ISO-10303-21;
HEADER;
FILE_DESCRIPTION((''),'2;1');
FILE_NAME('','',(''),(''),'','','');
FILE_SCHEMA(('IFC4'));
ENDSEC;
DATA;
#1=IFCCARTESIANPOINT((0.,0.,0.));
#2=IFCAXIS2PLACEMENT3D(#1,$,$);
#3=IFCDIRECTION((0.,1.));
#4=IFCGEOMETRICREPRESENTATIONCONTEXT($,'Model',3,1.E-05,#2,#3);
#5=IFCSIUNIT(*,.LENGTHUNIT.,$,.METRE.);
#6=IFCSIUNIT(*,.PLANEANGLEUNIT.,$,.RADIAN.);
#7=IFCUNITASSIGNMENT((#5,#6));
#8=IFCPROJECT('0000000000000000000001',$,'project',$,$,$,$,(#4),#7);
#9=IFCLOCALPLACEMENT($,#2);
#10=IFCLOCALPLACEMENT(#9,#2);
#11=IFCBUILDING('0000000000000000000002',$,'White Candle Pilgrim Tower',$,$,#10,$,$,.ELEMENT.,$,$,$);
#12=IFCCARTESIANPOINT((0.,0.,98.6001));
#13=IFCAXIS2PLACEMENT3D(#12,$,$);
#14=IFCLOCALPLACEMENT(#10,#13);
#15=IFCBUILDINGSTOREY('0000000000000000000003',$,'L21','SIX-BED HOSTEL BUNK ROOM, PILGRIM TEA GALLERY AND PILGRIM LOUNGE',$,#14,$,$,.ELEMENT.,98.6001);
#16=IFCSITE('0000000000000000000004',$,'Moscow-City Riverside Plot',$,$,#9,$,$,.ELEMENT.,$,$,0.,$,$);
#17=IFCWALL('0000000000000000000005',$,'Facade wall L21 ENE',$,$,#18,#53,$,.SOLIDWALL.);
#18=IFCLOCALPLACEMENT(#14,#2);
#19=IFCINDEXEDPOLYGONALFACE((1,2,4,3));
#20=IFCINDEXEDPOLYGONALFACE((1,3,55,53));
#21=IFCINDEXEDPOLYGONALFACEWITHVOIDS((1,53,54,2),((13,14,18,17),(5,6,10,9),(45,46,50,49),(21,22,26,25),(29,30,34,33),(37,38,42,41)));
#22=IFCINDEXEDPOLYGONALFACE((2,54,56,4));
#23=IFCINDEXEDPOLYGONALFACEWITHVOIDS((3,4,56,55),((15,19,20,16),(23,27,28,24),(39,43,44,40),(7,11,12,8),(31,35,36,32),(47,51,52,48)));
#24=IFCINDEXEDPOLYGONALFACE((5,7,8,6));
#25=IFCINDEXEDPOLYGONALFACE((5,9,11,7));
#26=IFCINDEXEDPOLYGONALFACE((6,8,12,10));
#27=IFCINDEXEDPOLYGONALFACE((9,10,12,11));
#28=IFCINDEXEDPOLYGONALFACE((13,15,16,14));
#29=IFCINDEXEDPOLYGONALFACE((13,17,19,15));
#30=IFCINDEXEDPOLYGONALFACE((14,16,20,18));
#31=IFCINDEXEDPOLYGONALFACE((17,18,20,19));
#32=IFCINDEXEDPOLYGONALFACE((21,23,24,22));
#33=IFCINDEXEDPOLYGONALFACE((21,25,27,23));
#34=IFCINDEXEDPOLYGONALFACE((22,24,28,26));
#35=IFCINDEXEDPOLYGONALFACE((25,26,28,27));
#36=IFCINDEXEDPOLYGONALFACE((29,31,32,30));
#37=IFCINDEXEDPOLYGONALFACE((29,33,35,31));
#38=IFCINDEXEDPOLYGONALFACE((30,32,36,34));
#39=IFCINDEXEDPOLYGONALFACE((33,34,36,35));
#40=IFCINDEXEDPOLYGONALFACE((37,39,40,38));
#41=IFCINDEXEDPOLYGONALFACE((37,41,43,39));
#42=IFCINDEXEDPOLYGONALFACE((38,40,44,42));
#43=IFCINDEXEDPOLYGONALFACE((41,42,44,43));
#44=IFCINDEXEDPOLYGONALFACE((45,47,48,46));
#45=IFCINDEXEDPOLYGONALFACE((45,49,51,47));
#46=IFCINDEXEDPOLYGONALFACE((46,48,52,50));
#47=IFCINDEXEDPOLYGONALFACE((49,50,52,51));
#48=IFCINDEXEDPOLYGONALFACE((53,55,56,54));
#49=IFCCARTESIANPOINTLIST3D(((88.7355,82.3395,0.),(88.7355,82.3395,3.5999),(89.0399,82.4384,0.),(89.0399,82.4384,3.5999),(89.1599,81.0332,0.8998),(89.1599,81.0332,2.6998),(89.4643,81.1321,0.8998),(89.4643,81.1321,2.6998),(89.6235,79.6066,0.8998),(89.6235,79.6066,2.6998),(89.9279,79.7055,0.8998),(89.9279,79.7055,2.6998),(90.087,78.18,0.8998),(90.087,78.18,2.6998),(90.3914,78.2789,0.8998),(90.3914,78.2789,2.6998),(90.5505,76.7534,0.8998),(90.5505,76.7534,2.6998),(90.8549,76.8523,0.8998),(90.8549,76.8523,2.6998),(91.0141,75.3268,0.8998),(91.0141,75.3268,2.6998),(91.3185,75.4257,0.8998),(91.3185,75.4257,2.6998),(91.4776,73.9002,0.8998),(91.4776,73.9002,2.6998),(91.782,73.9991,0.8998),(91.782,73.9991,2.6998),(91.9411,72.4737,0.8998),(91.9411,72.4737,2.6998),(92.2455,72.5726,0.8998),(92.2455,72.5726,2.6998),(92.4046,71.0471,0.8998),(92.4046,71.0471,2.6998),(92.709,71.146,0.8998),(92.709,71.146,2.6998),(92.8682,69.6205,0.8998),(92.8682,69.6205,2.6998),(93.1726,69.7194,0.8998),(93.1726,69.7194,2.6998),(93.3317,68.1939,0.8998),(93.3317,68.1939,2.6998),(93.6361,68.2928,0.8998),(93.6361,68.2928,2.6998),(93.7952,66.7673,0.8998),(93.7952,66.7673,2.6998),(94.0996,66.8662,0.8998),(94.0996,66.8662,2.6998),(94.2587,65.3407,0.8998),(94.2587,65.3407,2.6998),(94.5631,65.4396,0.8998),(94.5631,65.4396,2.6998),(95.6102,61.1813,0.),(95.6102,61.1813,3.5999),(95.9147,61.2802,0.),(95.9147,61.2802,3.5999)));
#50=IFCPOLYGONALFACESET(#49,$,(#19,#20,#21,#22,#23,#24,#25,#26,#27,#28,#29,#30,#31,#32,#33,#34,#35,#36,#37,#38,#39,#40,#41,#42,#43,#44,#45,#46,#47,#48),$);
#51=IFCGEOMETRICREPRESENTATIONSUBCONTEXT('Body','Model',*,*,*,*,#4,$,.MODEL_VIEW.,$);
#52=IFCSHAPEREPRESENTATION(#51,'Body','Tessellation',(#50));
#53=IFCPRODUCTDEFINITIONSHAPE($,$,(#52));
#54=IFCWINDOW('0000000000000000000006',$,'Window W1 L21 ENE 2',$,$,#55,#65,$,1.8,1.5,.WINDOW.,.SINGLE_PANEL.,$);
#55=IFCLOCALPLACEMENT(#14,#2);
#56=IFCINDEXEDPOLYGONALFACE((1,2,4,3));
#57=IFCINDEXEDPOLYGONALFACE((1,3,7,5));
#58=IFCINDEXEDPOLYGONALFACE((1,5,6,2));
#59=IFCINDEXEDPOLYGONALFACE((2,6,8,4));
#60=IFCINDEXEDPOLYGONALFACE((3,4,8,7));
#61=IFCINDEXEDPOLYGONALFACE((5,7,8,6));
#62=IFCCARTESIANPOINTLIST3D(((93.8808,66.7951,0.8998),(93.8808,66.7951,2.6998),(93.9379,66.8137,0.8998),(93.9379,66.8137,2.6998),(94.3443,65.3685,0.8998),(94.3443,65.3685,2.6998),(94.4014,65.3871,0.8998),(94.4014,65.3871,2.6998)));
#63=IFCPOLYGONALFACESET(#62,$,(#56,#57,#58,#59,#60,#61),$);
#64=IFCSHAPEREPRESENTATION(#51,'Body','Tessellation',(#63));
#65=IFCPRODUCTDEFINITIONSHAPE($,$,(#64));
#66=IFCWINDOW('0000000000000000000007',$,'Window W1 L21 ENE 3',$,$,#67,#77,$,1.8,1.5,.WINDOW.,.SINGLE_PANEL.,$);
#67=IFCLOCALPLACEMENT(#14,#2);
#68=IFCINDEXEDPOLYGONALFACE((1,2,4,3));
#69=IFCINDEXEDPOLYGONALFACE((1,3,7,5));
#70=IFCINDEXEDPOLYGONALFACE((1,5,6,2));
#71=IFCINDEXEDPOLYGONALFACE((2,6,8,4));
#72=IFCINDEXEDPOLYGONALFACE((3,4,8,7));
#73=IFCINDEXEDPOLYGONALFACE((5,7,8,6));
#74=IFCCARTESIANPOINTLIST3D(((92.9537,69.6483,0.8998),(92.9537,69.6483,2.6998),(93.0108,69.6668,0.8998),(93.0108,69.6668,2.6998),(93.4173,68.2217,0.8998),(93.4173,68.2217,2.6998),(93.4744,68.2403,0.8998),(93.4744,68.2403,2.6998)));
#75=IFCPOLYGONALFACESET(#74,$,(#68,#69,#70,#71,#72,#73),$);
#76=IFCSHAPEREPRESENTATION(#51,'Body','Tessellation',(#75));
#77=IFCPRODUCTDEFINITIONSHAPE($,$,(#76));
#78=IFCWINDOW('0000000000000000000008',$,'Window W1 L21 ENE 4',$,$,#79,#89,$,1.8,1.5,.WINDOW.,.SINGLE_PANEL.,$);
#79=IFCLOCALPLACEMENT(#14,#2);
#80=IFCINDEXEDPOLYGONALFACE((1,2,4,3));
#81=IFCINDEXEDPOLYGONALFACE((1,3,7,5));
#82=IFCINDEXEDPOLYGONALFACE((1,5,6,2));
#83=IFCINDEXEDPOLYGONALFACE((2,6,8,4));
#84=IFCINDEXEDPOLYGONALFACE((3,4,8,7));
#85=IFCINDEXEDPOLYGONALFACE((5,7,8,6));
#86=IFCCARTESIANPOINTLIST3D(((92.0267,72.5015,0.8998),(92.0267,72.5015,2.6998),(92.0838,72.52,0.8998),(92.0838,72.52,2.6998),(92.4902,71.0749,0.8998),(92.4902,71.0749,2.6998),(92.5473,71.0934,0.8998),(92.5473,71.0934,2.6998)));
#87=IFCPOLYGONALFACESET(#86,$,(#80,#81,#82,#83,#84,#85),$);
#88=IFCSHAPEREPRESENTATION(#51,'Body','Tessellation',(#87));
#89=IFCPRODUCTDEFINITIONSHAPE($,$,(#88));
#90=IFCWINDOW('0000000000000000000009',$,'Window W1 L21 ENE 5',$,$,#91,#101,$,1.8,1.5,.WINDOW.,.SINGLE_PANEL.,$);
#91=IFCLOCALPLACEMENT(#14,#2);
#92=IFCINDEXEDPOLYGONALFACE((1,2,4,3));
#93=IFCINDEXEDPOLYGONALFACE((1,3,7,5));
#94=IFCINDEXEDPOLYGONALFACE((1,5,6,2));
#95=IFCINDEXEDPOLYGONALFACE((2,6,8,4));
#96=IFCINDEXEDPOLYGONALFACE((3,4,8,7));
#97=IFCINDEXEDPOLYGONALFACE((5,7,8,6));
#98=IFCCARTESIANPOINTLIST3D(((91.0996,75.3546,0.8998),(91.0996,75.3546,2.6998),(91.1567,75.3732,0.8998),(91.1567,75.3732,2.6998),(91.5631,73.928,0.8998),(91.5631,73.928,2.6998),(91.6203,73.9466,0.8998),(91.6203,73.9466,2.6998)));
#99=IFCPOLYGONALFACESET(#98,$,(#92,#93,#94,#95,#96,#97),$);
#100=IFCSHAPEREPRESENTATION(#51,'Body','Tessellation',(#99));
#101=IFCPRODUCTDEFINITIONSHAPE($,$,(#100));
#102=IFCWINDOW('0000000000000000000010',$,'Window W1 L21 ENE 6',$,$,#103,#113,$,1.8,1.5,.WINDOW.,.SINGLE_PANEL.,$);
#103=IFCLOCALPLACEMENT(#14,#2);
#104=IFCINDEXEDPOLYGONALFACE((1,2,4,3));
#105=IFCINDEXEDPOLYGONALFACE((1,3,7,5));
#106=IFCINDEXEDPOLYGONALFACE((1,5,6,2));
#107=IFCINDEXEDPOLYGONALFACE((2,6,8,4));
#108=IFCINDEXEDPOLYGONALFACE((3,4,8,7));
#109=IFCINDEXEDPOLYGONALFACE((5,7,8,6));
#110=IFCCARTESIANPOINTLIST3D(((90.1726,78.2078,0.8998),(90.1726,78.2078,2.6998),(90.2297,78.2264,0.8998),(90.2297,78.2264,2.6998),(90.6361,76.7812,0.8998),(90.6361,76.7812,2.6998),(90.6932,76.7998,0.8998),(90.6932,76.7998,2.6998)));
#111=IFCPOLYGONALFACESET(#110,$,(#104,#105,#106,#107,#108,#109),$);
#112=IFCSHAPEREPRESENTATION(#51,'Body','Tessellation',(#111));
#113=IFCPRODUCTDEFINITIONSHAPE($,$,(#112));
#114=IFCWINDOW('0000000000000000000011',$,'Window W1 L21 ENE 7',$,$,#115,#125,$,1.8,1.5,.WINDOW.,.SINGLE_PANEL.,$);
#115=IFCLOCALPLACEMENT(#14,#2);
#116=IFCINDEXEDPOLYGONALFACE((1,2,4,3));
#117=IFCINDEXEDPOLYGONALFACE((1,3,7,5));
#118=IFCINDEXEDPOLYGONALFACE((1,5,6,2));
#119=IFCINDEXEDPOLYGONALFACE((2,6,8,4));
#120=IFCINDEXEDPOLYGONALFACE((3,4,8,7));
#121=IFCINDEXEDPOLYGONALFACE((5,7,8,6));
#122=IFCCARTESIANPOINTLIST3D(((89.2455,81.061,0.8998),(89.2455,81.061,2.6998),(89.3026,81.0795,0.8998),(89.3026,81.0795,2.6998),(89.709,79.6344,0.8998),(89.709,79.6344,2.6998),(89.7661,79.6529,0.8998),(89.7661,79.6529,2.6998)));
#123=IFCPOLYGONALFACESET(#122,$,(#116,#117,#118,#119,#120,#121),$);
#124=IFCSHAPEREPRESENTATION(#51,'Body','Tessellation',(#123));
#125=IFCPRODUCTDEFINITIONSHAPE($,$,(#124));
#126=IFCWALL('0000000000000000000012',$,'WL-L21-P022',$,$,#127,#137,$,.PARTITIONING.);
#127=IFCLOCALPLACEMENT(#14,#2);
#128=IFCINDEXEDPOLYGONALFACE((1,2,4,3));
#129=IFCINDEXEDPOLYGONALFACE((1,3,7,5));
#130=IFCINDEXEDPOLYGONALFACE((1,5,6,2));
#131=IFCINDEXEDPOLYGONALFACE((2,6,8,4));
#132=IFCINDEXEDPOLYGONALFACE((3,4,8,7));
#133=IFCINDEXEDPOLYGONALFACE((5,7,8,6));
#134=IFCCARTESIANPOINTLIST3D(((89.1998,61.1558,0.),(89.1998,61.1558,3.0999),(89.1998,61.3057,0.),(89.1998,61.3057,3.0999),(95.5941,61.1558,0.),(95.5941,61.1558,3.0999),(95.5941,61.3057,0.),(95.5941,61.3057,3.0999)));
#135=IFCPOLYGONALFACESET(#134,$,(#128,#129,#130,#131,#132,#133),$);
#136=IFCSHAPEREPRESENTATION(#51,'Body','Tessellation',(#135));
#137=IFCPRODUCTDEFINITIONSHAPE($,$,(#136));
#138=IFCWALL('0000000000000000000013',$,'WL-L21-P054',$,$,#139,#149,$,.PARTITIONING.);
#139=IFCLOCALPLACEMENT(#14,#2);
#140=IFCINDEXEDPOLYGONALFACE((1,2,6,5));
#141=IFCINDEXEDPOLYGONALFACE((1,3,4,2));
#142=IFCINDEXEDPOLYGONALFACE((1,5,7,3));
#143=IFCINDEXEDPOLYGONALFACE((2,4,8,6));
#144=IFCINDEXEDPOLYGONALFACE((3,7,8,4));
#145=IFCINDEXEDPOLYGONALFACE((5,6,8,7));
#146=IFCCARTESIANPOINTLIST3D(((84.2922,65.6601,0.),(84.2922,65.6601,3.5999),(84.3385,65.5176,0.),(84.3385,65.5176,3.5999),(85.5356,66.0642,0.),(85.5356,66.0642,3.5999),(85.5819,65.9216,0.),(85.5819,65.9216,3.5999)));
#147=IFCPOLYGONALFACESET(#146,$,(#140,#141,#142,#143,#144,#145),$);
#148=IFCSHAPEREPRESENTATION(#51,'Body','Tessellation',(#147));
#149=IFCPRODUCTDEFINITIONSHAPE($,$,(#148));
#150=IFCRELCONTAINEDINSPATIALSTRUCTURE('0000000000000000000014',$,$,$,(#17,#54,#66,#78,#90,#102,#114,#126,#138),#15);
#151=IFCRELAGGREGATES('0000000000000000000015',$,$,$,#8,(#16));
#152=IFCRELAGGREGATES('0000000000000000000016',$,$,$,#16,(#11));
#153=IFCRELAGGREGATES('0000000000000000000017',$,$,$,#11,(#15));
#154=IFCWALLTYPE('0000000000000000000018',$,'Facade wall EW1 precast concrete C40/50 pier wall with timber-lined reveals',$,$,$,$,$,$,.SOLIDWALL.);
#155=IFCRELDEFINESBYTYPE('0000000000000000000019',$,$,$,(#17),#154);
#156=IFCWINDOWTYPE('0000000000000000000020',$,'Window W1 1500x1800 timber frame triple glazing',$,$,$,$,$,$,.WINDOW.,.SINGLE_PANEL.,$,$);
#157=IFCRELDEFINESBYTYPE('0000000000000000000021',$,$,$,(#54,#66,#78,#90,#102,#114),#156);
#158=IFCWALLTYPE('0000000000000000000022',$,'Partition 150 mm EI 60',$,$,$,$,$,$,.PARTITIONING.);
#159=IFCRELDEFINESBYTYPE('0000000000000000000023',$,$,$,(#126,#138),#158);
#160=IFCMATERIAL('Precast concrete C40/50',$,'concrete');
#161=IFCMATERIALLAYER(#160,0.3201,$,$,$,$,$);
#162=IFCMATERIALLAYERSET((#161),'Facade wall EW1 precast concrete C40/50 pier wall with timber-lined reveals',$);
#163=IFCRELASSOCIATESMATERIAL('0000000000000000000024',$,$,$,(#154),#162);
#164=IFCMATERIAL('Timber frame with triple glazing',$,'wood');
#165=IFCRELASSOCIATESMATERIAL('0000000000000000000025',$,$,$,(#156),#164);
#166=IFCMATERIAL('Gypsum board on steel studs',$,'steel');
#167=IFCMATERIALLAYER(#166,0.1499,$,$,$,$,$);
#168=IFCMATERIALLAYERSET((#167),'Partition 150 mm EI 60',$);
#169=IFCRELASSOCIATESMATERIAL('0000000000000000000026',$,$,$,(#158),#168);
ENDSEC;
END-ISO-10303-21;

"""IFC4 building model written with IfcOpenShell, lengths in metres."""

from ifc_helpers import new_model, si_unit, direction, frame, frame_2d, origin, place, context, subcontext, project, spatial, rectangle, extrude, material, layer, layer_set, type_object, element, fill, save


model = new_model("IFC4")

# Units and contexts
model_context = context("Model", 3, precision=1e-05, world=origin(), true_north=direction((0.0, 1.0)))
body_context = subcontext(model_context, "Body", "Model", "MODEL_VIEW")
ifc_project = project(units=[si_unit("LENGTHUNIT", "METRE"), si_unit("PLANEANGLEUNIT", "RADIAN")], contexts=[model_context])

# Site, building, storey
site_placement = place(None, origin())
site = spatial("IfcSite", under=ifc_project, at=site_placement, Name="Moscow-City Riverside Plot", CompositionType="ELEMENT", RefElevation=0.0)
building_placement = place(site_placement, origin())
building = spatial("IfcBuilding", under=site, at=building_placement, Name="White Candle Pilgrim Tower", CompositionType="ELEMENT")
storey_placement = place(building_placement, frame((0.0, 0.0, 98.6001)))
storey = spatial("IfcBuildingStorey", under=building, at=storey_placement, Name="L21", Description="SIX-BED HOSTEL BUNK ROOM, PILGRIM TEA GALLERY AND PILGRIM LOUNGE", CompositionType="ELEMENT", Elevation=98.6001)

# Shared definitions
ifc_material_1 = material(Name="Gypsum board on steel studs", Category="steel")

# Wall, openings, windows
ifc_material_2 = material(Name="Precast concrete C40/50", Category="concrete")
ifc_layer_1 = layer(ifc_material_2, 0.3201)
ifc_layer_set_1 = layer_set([ifc_layer_1], Name="Facade wall EW1 precast concrete C40/50 pier wall with timber-lined reveals")
wall_type_1 = type_object("IfcWallType", Name="Facade wall EW1 precast concrete C40/50 pier wall with timber-lined reveals", PredefinedType="SOLIDWALL", material=ifc_layer_set_1)
wall_1_placement = place(storey_placement, frame((95.7625, 61.2307, 0.0), z_axis=(0.0, 0.0, 1.0), x_axis=(-0.309019, 0.951056, 0.0)))
wall_1 = element("IfcWall", 1, at=wall_1_placement, inside=storey, type_object=wall_type_1, Name="Facade wall L21 ENE", PredefinedType="SOLIDWALL", context=body_context, shape_type="SweptSolid", body=[
    extrude(rectangle(XDim=22.2471, YDim=0.3201, at=frame_2d((11.1235, 0.0))), origin(), (0.0, 0.0, 1.0), 3.5999),
])
opening_1_placement = place(wall_1_placement, frame((4.3735, 0.0, 0.8999)))
opening_1 = element("IfcOpeningElement", 2, at=opening_1_placement, cuts=wall_1, PredefinedType="OPENING", context=body_context, shape_type="SweptSolid", body=[
    extrude(rectangle(XDim=1.5, YDim=1.8, at=frame_2d((0.75, 0.8999))), frame((0.0, 0.1699, 0.0), z_axis=(0.0, -1.0, 0.0), x_axis=(1.0, 0.0, 0.0)), (0.0, 0.0, 1.0), 0.3401),
])
opening_2_placement = place(wall_1_placement, frame((7.3735, 0.0, 0.8999)))
opening_2 = element("IfcOpeningElement", 3, at=opening_2_placement, cuts=wall_1, PredefinedType="OPENING", context=body_context, shape_type="SweptSolid", body=[
    extrude(rectangle(XDim=1.5, YDim=1.8, at=frame_2d((0.75, 0.8999))), frame((0.0, 0.1699, 0.0), z_axis=(0.0, -1.0, 0.0), x_axis=(1.0, 0.0, 0.0)), (0.0, 0.0, 1.0), 0.3401),
])
opening_3_placement = place(wall_1_placement, frame((10.3735, 0.0, 0.8999)))
opening_3 = element("IfcOpeningElement", 4, at=opening_3_placement, cuts=wall_1, PredefinedType="OPENING", context=body_context, shape_type="SweptSolid", body=[
    extrude(rectangle(XDim=1.5, YDim=1.8, at=frame_2d((0.75, 0.8999))), frame((0.0, 0.1699, 0.0), z_axis=(0.0, -1.0, 0.0), x_axis=(1.0, 0.0, 0.0)), (0.0, 0.0, 1.0), 0.3401),
])
opening_4_placement = place(wall_1_placement, frame((13.3735, 0.0, 0.8999)))
opening_4 = element("IfcOpeningElement", 5, at=opening_4_placement, cuts=wall_1, PredefinedType="OPENING", context=body_context, shape_type="SweptSolid", body=[
    extrude(rectangle(XDim=1.5, YDim=1.8, at=frame_2d((0.75, 0.8999))), frame((0.0, 0.1699, 0.0), z_axis=(0.0, -1.0, 0.0), x_axis=(1.0, 0.0, 0.0)), (0.0, 0.0, 1.0), 0.3401),
])
opening_5_placement = place(wall_1_placement, frame((16.3735, 0.0, 0.8999)))
opening_5 = element("IfcOpeningElement", 6, at=opening_5_placement, cuts=wall_1, PredefinedType="OPENING", context=body_context, shape_type="SweptSolid", body=[
    extrude(rectangle(XDim=1.5, YDim=1.8, at=frame_2d((0.75, 0.8999))), frame((0.0, 0.1699, 0.0), z_axis=(0.0, -1.0, 0.0), x_axis=(1.0, 0.0, 0.0)), (0.0, 0.0, 1.0), 0.3401),
])
opening_6_placement = place(wall_1_placement, frame((19.3735, 0.0, 0.8999)))
opening_6 = element("IfcOpeningElement", 7, at=opening_6_placement, cuts=wall_1, PredefinedType="OPENING", context=body_context, shape_type="SweptSolid", body=[
    extrude(rectangle(XDim=1.5, YDim=1.8, at=frame_2d((0.75, 0.8999))), frame((0.0, 0.1699, 0.0), z_axis=(0.0, -1.0, 0.0), x_axis=(1.0, 0.0, 0.0)), (0.0, 0.0, 1.0), 0.3401),
])
ifc_material_3 = material(Name="Timber frame with triple glazing", Category="wood")
window_type = type_object("IfcWindowType", Name="Window W1 1500x1800 timber frame triple glazing", PartitioningType="SINGLE_PANEL", PredefinedType="WINDOW", material=ifc_material_3)
window_1_placement = place(opening_1_placement, origin())
window_1 = element("IfcWindow", 8, at=window_1_placement, inside=storey, type_object=window_type, Name="Window W1 L21 ENE 2", OverallHeight=1.8, OverallWidth=1.5, PartitioningType="SINGLE_PANEL", PredefinedType="WINDOW", context=body_context, shape_type="SweptSolid", body=[
    extrude(rectangle(XDim=1.5, YDim=1.8, at=frame_2d((0.75, 0.8999))), frame((0.0, 0.0701, 0.0), z_axis=(0.0, -1.0, 0.0), x_axis=(1.0, 0.0, 0.0)), (0.0, 0.0, 1.0), 0.0601),
])
fill(opening_1, window_1)
window_2_placement = place(opening_2_placement, origin())
window_2 = element("IfcWindow", 9, at=window_2_placement, inside=storey, type_object=window_type, Name="Window W1 L21 ENE 3", OverallHeight=1.8, OverallWidth=1.5, PartitioningType="SINGLE_PANEL", PredefinedType="WINDOW", context=body_context, shape_type="SweptSolid", body=[
    extrude(rectangle(XDim=1.5, YDim=1.8, at=frame_2d((0.75, 0.8999))), frame((0.0, 0.0701, 0.0), z_axis=(0.0, -1.0, 0.0), x_axis=(1.0, 0.0, 0.0)), (0.0, 0.0, 1.0), 0.0601),
])
fill(opening_2, window_2)
window_3_placement = place(opening_3_placement, origin())
window_3 = element("IfcWindow", 10, at=window_3_placement, inside=storey, type_object=window_type, Name="Window W1 L21 ENE 4", OverallHeight=1.8, OverallWidth=1.5, PartitioningType="SINGLE_PANEL", PredefinedType="WINDOW", context=body_context, shape_type="SweptSolid", body=[
    extrude(rectangle(XDim=1.5, YDim=1.8, at=frame_2d((0.75, 0.8999))), frame((0.0, 0.0701, 0.0), z_axis=(0.0, -1.0, 0.0), x_axis=(1.0, 0.0, 0.0)), (0.0, 0.0, 1.0), 0.0601),
])
fill(opening_3, window_3)
window_4_placement = place(opening_4_placement, origin())
window_4 = element("IfcWindow", 11, at=window_4_placement, inside=storey, type_object=window_type, Name="Window W1 L21 ENE 5", OverallHeight=1.8, OverallWidth=1.5, PartitioningType="SINGLE_PANEL", PredefinedType="WINDOW", context=body_context, shape_type="SweptSolid", body=[
    extrude(rectangle(XDim=1.5, YDim=1.8, at=frame_2d((0.75, 0.8999))), frame((0.0, 0.0701, 0.0), z_axis=(0.0, -1.0, 0.0), x_axis=(1.0, 0.0, 0.0)), (0.0, 0.0, 1.0), 0.0601),
])
fill(opening_4, window_4)
window_5_placement = place(opening_5_placement, origin())
window_5 = element("IfcWindow", 12, at=window_5_placement, inside=storey, type_object=window_type, Name="Window W1 L21 ENE 6", OverallHeight=1.8, OverallWidth=1.5, PartitioningType="SINGLE_PANEL", PredefinedType="WINDOW", context=body_context, shape_type="SweptSolid", body=[
    extrude(rectangle(XDim=1.5, YDim=1.8, at=frame_2d((0.75, 0.8999))), frame((0.0, 0.0701, 0.0), z_axis=(0.0, -1.0, 0.0), x_axis=(1.0, 0.0, 0.0)), (0.0, 0.0, 1.0), 0.0601),
])
fill(opening_5, window_5)
window_6_placement = place(opening_6_placement, origin())
window_6 = element("IfcWindow", 13, at=window_6_placement, inside=storey, type_object=window_type, Name="Window W1 L21 ENE 7", OverallHeight=1.8, OverallWidth=1.5, PartitioningType="SINGLE_PANEL", PredefinedType="WINDOW", context=body_context, shape_type="SweptSolid", body=[
    extrude(rectangle(XDim=1.5, YDim=1.8, at=frame_2d((0.75, 0.8999))), frame((0.0, 0.0701, 0.0), z_axis=(0.0, -1.0, 0.0), x_axis=(1.0, 0.0, 0.0)), (0.0, 0.0, 1.0), 0.0601),
])
fill(opening_6, window_6)

# Walls
ifc_layer_2 = layer(ifc_material_1, 0.1499)
ifc_layer_set_2 = layer_set([ifc_layer_2], Name="Partition 150 mm EI 60")
wall_type_2 = type_object("IfcWallType", Name="Partition 150 mm EI 60", PredefinedType="PARTITIONING", material=ifc_layer_set_2)
wall_2_placement = place(storey_placement, frame((95.5942, 61.2307, 0.0), z_axis=(0.0, 0.0, 1.0), x_axis=(-1.0, 0.0, 0.0)))
element("IfcWall", 14, at=wall_2_placement, inside=storey, type_object=wall_type_2, Name="WL-L21-P022", PredefinedType="PARTITIONING", context=body_context, shape_type="SweptSolid", body=[
    extrude(rectangle(XDim=6.3943, YDim=0.1499, at=frame_2d((3.1973, 0.0))), origin(), (0.0, 0.0, 1.0), 3.0999),
])
wall_3_placement = place(storey_placement, frame((85.5588, 65.9929, 0.0), z_axis=(0.0, 0.0, 1.0), x_axis=(-0.951046, -0.309048, 0.0)))
element("IfcWall", 15, at=wall_3_placement, inside=storey, type_object=wall_type_2, Name="WL-L21-P054", PredefinedType="PARTITIONING", context=body_context, shape_type="SweptSolid", body=[
    extrude(rectangle(XDim=1.3074, YDim=0.1499, at=frame_2d((0.6538, 0.0))), origin(), (0.0, 0.0, 1.0), 3.5999),
])

save(model, "model.ifc")
